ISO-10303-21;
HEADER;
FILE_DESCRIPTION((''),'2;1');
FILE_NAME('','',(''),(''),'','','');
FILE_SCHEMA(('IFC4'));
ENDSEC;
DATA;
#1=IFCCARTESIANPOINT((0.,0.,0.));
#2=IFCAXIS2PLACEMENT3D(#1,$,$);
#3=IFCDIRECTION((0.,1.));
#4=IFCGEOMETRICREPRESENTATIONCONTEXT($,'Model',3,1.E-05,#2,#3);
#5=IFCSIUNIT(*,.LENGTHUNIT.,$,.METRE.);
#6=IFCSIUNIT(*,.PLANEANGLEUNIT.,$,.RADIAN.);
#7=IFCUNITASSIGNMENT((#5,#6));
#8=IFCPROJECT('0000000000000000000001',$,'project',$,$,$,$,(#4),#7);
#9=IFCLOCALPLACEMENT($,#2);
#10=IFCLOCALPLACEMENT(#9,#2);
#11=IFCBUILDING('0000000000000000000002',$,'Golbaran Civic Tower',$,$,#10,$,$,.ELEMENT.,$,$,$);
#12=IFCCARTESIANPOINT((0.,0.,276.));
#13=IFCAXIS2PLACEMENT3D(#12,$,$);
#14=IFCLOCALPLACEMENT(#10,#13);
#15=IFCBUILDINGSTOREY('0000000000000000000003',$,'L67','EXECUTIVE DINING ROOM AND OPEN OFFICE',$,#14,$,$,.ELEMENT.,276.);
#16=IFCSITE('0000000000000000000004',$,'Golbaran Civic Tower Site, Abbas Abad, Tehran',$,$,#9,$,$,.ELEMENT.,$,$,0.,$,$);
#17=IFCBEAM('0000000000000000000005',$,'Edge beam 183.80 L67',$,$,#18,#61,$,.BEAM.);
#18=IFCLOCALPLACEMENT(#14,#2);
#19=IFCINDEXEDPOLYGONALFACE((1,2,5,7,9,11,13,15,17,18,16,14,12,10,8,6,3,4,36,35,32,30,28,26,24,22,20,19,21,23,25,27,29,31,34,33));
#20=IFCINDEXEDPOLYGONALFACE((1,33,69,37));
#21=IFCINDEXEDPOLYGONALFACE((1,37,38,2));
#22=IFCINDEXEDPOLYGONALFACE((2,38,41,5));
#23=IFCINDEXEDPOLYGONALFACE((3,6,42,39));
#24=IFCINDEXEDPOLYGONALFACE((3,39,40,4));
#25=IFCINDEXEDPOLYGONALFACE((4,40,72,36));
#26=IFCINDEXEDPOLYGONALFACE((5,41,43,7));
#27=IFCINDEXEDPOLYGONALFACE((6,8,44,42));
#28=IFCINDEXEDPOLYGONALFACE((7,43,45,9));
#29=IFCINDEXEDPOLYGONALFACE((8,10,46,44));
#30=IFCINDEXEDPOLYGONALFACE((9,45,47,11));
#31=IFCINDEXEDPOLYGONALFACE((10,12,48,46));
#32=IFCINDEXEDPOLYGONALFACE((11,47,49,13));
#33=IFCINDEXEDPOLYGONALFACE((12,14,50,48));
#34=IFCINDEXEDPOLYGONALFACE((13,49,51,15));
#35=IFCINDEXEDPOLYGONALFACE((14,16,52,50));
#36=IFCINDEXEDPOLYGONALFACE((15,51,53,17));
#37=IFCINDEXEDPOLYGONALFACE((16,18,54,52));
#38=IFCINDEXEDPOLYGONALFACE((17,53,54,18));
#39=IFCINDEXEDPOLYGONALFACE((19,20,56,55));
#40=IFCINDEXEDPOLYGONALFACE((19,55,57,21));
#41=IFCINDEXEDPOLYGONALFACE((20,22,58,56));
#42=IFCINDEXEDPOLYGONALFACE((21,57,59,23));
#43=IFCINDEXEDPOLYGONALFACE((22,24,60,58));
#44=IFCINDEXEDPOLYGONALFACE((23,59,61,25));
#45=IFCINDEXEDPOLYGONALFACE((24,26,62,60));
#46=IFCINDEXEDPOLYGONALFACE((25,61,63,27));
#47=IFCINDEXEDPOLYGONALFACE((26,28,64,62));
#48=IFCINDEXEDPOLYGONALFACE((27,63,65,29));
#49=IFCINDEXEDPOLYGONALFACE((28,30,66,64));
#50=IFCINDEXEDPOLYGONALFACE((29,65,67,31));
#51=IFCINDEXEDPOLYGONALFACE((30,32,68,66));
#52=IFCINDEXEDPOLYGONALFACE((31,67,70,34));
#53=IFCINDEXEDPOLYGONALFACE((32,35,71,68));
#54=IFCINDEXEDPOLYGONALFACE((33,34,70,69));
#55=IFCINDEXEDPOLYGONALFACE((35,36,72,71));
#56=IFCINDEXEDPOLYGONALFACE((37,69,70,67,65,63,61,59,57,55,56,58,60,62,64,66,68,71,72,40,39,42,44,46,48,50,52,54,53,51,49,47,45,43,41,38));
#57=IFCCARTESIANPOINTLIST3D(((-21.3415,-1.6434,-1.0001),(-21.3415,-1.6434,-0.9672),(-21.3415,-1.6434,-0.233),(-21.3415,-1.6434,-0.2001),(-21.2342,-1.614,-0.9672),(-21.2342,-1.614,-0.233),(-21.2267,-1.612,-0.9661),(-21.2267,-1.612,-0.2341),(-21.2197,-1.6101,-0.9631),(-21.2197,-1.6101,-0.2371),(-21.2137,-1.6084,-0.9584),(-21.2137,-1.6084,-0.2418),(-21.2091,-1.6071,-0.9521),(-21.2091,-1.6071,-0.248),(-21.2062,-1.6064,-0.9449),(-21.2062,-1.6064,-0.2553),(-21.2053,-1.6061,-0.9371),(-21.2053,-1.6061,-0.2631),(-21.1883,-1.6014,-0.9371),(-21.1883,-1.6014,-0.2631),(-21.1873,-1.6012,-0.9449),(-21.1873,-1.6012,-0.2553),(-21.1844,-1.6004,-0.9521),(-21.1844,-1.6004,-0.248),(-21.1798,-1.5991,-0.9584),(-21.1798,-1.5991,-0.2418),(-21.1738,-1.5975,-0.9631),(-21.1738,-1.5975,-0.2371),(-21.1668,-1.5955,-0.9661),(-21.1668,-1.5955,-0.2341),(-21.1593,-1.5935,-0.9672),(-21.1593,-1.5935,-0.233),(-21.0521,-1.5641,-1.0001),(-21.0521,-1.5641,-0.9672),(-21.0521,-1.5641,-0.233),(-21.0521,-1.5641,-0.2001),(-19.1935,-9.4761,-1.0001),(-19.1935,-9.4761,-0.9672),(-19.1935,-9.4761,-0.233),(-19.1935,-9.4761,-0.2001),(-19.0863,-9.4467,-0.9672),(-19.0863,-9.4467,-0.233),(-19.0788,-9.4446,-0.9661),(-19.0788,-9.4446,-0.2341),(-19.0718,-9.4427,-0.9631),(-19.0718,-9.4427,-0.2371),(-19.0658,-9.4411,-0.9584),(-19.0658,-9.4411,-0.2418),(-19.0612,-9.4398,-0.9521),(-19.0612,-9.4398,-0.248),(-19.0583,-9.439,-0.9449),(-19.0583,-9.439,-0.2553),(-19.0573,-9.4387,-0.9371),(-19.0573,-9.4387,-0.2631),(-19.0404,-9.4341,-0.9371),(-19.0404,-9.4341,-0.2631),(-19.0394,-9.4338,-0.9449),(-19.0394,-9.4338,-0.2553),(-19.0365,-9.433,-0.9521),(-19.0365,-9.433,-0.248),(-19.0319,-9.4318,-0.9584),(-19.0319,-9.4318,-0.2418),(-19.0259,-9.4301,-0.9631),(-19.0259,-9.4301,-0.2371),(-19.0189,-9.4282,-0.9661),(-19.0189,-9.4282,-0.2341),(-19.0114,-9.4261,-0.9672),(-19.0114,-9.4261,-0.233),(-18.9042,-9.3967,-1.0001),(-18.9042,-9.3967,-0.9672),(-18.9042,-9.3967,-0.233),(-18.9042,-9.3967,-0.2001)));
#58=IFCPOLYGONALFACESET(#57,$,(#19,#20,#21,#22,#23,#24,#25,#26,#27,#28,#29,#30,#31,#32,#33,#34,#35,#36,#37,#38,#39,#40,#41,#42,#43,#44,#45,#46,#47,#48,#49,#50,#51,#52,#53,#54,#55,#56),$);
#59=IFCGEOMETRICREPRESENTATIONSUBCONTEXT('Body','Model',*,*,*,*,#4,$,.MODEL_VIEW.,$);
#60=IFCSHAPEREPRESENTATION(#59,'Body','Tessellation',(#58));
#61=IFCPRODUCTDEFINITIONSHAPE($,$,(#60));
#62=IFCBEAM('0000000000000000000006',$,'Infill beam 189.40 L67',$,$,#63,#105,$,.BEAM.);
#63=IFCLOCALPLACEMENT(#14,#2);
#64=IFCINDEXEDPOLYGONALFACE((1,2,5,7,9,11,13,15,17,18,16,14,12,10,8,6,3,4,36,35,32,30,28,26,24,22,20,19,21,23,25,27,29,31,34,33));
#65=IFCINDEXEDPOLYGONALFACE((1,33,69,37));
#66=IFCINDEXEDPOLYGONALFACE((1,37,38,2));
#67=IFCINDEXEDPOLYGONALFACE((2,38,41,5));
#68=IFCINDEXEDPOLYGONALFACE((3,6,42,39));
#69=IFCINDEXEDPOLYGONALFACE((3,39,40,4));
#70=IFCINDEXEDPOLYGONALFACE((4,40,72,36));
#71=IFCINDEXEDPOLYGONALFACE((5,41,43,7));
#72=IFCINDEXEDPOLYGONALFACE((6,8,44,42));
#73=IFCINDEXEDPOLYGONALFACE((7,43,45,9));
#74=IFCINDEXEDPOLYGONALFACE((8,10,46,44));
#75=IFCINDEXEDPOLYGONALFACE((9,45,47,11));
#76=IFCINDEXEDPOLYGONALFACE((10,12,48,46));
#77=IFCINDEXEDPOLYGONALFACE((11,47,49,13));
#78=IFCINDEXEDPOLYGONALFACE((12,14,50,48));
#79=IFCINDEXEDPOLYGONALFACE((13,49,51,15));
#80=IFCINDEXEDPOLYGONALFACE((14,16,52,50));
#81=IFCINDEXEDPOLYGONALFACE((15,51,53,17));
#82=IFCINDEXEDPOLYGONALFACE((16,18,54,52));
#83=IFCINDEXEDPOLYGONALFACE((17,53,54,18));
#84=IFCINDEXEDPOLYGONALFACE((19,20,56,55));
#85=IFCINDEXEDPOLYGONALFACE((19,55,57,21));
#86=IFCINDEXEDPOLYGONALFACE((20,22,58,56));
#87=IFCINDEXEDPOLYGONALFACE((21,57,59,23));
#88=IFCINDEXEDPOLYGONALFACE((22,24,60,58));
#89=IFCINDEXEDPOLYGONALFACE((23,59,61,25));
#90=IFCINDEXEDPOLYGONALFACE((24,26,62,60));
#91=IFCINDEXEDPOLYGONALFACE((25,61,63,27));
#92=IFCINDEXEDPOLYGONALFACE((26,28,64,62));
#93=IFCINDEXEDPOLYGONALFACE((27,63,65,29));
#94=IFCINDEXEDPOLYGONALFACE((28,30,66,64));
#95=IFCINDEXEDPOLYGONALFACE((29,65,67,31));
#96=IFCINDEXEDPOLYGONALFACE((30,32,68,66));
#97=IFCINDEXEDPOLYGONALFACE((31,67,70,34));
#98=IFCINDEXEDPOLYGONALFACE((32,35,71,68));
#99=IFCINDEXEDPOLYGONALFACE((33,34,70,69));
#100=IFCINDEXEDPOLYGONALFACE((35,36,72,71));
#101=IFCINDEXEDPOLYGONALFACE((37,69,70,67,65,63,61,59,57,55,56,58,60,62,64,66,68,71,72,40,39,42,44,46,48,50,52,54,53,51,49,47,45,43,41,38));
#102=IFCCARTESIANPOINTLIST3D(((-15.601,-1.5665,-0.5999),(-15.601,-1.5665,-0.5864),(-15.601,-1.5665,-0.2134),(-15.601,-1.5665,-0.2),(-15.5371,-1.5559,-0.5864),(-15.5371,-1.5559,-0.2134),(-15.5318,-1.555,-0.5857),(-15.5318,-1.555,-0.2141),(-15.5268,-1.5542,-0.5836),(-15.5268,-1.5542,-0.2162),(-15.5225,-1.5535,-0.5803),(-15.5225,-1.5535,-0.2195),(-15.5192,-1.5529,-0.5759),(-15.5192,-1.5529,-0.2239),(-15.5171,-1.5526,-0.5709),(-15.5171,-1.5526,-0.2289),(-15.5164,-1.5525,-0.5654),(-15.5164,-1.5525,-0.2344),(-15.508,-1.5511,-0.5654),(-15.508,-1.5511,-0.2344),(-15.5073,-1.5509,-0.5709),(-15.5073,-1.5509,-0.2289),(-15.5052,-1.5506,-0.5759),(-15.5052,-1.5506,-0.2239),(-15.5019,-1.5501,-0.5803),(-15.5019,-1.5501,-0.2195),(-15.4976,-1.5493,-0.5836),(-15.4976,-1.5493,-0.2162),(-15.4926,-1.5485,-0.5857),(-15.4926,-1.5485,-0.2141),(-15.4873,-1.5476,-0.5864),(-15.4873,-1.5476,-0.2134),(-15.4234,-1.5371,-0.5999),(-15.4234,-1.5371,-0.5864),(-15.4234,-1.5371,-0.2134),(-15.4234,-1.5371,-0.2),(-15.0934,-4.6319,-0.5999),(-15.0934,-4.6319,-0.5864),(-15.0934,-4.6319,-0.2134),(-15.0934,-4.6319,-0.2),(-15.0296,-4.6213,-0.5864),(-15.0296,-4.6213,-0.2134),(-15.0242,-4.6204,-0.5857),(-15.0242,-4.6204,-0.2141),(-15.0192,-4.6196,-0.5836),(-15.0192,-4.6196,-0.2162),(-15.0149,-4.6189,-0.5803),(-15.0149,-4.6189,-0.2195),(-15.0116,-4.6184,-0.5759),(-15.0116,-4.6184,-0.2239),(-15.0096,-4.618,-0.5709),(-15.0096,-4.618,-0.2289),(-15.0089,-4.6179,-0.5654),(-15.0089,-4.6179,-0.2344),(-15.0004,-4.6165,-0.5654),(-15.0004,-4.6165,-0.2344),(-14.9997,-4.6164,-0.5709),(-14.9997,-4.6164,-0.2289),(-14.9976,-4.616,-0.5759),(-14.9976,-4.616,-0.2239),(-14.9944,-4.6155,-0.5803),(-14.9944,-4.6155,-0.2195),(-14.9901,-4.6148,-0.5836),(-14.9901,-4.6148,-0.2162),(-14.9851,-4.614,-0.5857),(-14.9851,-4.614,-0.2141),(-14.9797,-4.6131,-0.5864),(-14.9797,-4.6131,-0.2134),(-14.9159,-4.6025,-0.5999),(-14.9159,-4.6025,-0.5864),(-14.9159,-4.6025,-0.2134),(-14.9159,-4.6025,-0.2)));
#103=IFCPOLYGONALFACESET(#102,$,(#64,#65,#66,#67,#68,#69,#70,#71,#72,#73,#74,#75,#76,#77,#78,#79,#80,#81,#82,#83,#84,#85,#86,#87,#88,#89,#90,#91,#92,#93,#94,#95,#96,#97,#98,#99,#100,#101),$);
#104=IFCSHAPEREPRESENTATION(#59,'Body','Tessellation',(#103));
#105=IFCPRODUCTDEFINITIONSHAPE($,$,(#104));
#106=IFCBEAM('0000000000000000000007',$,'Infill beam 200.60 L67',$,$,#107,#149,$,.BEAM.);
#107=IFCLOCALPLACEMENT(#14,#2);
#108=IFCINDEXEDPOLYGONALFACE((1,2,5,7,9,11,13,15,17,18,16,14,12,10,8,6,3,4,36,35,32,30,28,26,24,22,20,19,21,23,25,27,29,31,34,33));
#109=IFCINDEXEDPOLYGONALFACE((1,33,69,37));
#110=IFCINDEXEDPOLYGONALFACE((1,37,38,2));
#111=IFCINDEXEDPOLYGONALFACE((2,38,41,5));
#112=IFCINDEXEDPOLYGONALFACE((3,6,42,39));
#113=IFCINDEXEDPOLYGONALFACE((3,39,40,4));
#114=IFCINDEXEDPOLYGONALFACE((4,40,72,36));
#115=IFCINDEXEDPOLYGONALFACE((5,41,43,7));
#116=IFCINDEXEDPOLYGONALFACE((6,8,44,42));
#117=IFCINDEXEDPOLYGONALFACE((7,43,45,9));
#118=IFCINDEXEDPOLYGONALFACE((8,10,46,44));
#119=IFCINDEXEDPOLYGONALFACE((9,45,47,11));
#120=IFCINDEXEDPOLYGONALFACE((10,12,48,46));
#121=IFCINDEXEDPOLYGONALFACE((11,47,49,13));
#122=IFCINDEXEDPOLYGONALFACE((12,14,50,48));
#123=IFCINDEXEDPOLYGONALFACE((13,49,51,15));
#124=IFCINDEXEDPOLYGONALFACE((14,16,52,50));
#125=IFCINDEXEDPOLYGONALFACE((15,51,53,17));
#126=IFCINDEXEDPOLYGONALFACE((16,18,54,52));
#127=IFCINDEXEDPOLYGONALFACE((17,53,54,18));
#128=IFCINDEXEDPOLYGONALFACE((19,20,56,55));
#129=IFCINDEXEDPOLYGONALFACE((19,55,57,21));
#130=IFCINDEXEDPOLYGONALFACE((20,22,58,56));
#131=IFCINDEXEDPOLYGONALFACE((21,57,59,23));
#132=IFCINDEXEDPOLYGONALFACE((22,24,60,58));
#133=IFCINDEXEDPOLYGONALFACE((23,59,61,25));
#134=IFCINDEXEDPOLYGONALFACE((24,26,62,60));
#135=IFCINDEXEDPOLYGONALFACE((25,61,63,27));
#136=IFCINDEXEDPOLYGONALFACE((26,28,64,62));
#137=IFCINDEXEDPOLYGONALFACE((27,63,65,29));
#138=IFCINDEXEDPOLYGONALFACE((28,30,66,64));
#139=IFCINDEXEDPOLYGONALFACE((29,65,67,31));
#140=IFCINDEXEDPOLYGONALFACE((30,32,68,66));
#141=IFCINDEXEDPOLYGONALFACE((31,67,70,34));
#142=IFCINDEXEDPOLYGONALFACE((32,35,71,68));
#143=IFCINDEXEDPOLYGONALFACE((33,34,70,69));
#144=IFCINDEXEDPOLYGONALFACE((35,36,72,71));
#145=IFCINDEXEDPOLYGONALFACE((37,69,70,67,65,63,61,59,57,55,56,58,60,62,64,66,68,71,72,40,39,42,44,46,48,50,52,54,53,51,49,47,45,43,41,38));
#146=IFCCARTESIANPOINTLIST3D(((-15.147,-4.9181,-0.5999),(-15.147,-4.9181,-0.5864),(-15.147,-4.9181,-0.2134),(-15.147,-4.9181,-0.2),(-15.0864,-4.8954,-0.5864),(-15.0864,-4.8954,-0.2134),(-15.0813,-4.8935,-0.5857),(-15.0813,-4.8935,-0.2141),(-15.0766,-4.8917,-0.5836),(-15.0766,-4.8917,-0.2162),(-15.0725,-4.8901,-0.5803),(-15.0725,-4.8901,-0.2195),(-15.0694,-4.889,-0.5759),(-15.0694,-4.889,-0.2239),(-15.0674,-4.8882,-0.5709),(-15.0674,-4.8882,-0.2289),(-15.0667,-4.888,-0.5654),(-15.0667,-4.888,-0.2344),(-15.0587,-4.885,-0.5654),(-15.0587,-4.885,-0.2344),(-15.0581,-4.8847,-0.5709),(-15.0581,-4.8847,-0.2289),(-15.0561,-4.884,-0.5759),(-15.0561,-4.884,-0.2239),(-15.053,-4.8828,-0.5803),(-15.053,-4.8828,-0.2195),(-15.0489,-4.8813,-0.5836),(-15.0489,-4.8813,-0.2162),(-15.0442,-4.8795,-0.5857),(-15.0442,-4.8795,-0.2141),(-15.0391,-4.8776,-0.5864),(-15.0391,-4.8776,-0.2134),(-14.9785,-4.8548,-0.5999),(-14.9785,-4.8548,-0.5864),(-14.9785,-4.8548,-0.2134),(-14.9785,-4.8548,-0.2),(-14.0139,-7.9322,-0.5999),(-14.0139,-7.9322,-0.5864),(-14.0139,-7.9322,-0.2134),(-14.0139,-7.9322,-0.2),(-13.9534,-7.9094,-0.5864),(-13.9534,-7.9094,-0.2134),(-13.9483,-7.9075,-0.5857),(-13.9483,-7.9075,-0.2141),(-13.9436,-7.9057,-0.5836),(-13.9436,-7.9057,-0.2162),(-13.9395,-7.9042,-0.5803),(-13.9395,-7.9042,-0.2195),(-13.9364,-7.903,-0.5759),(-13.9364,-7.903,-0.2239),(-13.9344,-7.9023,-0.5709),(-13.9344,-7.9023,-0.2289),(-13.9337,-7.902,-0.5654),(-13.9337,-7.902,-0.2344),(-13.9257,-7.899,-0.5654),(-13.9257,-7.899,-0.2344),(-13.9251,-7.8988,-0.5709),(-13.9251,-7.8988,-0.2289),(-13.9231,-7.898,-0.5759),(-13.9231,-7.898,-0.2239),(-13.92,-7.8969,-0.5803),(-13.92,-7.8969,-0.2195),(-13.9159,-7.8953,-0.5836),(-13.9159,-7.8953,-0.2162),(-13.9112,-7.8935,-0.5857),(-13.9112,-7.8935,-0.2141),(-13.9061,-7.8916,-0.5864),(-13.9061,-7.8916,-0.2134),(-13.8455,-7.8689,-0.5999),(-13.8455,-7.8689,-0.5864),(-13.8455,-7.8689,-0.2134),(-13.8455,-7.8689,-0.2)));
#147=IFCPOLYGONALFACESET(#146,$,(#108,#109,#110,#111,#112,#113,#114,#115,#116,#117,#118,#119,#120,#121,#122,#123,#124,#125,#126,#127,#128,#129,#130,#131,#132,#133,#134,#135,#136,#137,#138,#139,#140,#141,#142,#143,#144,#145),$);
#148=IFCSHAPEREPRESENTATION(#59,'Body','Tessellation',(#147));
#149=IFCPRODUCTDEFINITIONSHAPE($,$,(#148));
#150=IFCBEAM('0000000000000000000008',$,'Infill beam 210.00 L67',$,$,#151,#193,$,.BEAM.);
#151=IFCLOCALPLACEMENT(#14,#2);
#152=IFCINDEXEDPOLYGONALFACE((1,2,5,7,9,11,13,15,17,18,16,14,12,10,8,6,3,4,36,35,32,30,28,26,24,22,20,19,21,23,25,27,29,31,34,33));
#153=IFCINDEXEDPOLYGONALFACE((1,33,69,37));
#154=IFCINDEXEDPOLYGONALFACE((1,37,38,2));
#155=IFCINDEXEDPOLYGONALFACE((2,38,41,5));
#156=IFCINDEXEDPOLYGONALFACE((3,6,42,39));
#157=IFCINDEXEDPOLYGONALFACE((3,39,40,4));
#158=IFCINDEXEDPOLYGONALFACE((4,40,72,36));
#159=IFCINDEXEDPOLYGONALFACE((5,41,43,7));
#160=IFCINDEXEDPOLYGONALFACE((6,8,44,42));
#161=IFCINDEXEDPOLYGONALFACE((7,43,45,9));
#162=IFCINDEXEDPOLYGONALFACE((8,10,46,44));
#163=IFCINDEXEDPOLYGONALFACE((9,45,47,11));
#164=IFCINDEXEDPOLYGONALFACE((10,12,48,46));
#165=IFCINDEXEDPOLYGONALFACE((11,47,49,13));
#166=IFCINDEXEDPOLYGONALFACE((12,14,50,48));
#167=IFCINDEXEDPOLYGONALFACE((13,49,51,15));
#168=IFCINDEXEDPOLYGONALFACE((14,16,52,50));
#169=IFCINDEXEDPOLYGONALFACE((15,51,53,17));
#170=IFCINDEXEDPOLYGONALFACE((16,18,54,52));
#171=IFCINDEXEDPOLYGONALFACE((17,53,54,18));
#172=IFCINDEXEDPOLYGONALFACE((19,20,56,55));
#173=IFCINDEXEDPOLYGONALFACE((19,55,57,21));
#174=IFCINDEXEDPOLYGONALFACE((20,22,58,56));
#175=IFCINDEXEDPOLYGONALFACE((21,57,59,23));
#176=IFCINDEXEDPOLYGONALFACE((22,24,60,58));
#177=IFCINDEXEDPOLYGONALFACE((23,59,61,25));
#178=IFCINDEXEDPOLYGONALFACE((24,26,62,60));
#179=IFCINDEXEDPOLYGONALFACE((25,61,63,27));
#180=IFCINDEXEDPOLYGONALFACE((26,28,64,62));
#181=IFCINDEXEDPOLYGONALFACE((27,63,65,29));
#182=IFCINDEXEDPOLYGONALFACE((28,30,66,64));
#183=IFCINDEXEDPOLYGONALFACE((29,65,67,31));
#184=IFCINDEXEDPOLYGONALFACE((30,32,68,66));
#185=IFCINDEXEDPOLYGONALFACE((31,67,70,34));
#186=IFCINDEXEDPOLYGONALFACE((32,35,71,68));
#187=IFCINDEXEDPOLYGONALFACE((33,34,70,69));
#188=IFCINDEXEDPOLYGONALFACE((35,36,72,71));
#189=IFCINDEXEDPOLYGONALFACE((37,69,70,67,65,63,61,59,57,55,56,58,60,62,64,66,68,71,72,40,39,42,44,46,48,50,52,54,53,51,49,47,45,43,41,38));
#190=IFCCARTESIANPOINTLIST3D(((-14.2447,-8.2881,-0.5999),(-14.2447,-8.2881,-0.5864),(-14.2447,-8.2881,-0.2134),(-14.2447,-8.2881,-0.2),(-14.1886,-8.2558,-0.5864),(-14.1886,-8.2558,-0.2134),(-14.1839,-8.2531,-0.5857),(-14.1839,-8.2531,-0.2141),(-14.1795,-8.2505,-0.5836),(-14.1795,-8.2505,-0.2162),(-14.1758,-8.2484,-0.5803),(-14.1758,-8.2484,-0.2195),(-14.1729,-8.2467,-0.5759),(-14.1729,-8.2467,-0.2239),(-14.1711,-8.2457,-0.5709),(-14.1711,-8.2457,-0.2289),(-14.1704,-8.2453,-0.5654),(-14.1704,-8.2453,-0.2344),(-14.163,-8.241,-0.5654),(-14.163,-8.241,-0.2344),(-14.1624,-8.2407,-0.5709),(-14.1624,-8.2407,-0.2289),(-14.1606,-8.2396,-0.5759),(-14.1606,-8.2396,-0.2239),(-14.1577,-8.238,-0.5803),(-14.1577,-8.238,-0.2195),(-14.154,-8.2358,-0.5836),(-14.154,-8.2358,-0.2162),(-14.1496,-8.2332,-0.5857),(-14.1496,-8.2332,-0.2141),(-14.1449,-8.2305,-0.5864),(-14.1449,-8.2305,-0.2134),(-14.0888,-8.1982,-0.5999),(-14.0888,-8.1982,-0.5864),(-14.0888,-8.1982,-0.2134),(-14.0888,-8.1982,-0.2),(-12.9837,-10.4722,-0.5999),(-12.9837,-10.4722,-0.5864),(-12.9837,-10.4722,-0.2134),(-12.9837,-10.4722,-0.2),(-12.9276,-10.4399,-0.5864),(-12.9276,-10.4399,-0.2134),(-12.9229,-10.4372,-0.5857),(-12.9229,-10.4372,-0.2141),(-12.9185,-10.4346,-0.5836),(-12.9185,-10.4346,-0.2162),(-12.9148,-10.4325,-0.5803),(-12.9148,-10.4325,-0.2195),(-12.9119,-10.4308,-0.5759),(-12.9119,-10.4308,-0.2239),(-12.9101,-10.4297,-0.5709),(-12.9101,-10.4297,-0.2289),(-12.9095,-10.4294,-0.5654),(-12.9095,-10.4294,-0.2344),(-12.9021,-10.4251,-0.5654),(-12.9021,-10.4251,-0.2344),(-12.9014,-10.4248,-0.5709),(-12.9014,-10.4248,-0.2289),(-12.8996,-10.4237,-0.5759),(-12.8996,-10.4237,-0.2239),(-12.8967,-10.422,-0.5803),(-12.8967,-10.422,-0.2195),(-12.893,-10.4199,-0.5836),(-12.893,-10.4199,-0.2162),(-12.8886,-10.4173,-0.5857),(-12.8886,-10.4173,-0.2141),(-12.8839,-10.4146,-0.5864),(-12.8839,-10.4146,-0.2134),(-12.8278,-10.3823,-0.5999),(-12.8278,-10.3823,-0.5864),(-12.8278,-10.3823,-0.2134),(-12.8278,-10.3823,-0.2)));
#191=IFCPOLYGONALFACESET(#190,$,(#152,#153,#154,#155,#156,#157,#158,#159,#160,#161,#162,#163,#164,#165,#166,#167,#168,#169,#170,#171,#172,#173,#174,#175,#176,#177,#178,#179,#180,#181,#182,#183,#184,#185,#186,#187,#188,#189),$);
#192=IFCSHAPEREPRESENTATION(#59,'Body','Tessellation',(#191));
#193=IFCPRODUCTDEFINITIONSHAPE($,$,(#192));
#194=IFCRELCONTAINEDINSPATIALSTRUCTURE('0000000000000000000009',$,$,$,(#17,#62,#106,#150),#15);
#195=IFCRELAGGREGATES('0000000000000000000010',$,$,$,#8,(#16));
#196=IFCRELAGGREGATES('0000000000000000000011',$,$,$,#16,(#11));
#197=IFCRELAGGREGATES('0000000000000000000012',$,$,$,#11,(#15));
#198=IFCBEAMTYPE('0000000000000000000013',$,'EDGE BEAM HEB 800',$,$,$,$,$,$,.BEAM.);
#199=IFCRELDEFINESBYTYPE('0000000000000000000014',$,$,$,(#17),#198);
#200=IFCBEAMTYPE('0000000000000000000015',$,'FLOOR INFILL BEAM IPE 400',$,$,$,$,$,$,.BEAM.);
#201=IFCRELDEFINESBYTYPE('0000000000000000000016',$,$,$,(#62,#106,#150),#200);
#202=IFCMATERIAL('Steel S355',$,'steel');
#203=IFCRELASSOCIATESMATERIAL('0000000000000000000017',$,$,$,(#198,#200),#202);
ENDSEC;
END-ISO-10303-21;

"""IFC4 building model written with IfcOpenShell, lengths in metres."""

from ifc_helpers import new_model, si_unit, direction, frame, origin, origin_2d, place, context, subcontext, project, spatial, i_section, extrude, material, material_profile, profile_set, type_object, element, save


model = new_model("IFC4")

# Units and contexts
model_context = context("Model", 3, precision=1e-05, world=origin(), true_north=direction((0.0, 1.0)))
body_context = subcontext(model_context, "Body", "Model", "MODEL_VIEW")
ifc_project = project(units=[si_unit("LENGTHUNIT", "METRE"), si_unit("PLANEANGLEUNIT", "RADIAN")], contexts=[model_context])

# Site, building, storey
site_placement = place(None, origin())
site = spatial("IfcSite", under=ifc_project, at=site_placement, Name="Golbaran Civic Tower Site, Abbas Abad, Tehran", CompositionType="ELEMENT", RefElevation=0.0)
building_placement = place(site_placement, origin())
building = spatial("IfcBuilding", under=site, at=building_placement, Name="Golbaran Civic Tower", CompositionType="ELEMENT")
storey_placement = place(building_placement, frame((0.0, 0.0, 276.0)))
storey = spatial("IfcBuildingStorey", under=building, at=storey_placement, Name="L67", Description="EXECUTIVE DINING ROOM AND OPEN OFFICE", CompositionType="ELEMENT", Elevation=276.0)

# Beams
ifc_material_1 = material(Name="Steel S355", Category="steel")
ifc_material_profile_1 = material_profile(ifc_material_1, i_section(OverallWidth=0.3, OverallDepth=0.8, WebThickness=0.0176, FlangeThickness=0.033, FilletRadius=0.03, at=origin_2d()), Name="HEB 800")
ifc_profile_set_1 = profile_set([ifc_material_profile_1], Name="Steel S355")
beam_type_1 = type_object("IfcBeamType", Name="EDGE BEAM HEB 800", PredefinedType="BEAM", material=ifc_profile_set_1)
beam_1_placement = place(storey_placement, frame((-21.1968, -1.6038, -0.6001), z_axis=(0.264463, -0.964396, 0.0), x_axis=(0.964396, 0.264463, 0.0)))
element("IfcBeam", 1, at=beam_1_placement, inside=storey, type_object=beam_type_1, Name="Edge beam 183.80 L67", PredefinedType="BEAM", context=body_context, shape_type="SweptSolid", body=[
    extrude(i_section(OverallWidth=0.3, OverallDepth=0.8, WebThickness=0.0176, FlangeThickness=0.033, FilletRadius=0.03, at=origin_2d()), origin(), (0.0, 0.0, 1.0), 8.1218),
])
ifc_material_profile_2 = material_profile(ifc_material_1, i_section(OverallWidth=0.1799, OverallDepth=0.3999, WebThickness=0.0085, FlangeThickness=0.0134, FilletRadius=0.021, at=origin_2d()), Name="IPE 400")
ifc_profile_set_2 = profile_set([ifc_material_profile_2], Name="Steel S355")
beam_type_2 = type_object("IfcBeamType", Name="FLOOR INFILL BEAM IPE 400", PredefinedType="BEAM", material=ifc_profile_set_2)
beam_2_placement = place(storey_placement, frame((-15.5122, -1.5518, -0.3999), z_axis=(0.163354, -0.986568, 0.0), x_axis=(0.986568, 0.163354, 0.0)))
element("IfcBeam", 2, at=beam_2_placement, inside=storey, type_object=beam_type_2, Name="Infill beam 189.40 L67", PredefinedType="BEAM", context=body_context, shape_type="SweptSolid", body=[
    extrude(i_section(OverallWidth=0.1799, OverallDepth=0.3999, WebThickness=0.0085, FlangeThickness=0.0134, FilletRadius=0.021, at=origin_2d()), origin(), (0.0, 0.0, 1.0), 3.1072),
])
beam_3_placement = place(storey_placement, frame((-15.0627, -4.8865, -0.3999), z_axis=(0.351871, -0.936048, 0.0), x_axis=(0.936048, 0.351871, 0.0)))
element("IfcBeam", 3, at=beam_3_placement, inside=storey, type_object=beam_type_2, Name="Infill beam 200.60 L67", PredefinedType="BEAM", context=body_context, shape_type="SweptSolid", body=[
    extrude(i_section(OverallWidth=0.1799, OverallDepth=0.3999, WebThickness=0.0085, FlangeThickness=0.0134, FilletRadius=0.021, at=origin_2d()), origin(), (0.0, 0.0, 1.0), 3.22),
])
beam_4_placement = place(storey_placement, frame((-14.1667, -8.2432, -0.3999), z_axis=(0.500002, -0.866024, 0.0), x_axis=(0.866024, 0.500002, 0.0)))
element("IfcBeam", 4, at=beam_4_placement, inside=storey, type_object=beam_type_2, Name="Infill beam 210.00 L67", PredefinedType="BEAM", context=body_context, shape_type="SweptSolid", body=[
    extrude(i_section(OverallWidth=0.1799, OverallDepth=0.3999, WebThickness=0.0085, FlangeThickness=0.0134, FilletRadius=0.021, at=origin_2d()), origin(), (0.0, 0.0, 1.0), 2.522),
])

save(model, "model.ifc")
